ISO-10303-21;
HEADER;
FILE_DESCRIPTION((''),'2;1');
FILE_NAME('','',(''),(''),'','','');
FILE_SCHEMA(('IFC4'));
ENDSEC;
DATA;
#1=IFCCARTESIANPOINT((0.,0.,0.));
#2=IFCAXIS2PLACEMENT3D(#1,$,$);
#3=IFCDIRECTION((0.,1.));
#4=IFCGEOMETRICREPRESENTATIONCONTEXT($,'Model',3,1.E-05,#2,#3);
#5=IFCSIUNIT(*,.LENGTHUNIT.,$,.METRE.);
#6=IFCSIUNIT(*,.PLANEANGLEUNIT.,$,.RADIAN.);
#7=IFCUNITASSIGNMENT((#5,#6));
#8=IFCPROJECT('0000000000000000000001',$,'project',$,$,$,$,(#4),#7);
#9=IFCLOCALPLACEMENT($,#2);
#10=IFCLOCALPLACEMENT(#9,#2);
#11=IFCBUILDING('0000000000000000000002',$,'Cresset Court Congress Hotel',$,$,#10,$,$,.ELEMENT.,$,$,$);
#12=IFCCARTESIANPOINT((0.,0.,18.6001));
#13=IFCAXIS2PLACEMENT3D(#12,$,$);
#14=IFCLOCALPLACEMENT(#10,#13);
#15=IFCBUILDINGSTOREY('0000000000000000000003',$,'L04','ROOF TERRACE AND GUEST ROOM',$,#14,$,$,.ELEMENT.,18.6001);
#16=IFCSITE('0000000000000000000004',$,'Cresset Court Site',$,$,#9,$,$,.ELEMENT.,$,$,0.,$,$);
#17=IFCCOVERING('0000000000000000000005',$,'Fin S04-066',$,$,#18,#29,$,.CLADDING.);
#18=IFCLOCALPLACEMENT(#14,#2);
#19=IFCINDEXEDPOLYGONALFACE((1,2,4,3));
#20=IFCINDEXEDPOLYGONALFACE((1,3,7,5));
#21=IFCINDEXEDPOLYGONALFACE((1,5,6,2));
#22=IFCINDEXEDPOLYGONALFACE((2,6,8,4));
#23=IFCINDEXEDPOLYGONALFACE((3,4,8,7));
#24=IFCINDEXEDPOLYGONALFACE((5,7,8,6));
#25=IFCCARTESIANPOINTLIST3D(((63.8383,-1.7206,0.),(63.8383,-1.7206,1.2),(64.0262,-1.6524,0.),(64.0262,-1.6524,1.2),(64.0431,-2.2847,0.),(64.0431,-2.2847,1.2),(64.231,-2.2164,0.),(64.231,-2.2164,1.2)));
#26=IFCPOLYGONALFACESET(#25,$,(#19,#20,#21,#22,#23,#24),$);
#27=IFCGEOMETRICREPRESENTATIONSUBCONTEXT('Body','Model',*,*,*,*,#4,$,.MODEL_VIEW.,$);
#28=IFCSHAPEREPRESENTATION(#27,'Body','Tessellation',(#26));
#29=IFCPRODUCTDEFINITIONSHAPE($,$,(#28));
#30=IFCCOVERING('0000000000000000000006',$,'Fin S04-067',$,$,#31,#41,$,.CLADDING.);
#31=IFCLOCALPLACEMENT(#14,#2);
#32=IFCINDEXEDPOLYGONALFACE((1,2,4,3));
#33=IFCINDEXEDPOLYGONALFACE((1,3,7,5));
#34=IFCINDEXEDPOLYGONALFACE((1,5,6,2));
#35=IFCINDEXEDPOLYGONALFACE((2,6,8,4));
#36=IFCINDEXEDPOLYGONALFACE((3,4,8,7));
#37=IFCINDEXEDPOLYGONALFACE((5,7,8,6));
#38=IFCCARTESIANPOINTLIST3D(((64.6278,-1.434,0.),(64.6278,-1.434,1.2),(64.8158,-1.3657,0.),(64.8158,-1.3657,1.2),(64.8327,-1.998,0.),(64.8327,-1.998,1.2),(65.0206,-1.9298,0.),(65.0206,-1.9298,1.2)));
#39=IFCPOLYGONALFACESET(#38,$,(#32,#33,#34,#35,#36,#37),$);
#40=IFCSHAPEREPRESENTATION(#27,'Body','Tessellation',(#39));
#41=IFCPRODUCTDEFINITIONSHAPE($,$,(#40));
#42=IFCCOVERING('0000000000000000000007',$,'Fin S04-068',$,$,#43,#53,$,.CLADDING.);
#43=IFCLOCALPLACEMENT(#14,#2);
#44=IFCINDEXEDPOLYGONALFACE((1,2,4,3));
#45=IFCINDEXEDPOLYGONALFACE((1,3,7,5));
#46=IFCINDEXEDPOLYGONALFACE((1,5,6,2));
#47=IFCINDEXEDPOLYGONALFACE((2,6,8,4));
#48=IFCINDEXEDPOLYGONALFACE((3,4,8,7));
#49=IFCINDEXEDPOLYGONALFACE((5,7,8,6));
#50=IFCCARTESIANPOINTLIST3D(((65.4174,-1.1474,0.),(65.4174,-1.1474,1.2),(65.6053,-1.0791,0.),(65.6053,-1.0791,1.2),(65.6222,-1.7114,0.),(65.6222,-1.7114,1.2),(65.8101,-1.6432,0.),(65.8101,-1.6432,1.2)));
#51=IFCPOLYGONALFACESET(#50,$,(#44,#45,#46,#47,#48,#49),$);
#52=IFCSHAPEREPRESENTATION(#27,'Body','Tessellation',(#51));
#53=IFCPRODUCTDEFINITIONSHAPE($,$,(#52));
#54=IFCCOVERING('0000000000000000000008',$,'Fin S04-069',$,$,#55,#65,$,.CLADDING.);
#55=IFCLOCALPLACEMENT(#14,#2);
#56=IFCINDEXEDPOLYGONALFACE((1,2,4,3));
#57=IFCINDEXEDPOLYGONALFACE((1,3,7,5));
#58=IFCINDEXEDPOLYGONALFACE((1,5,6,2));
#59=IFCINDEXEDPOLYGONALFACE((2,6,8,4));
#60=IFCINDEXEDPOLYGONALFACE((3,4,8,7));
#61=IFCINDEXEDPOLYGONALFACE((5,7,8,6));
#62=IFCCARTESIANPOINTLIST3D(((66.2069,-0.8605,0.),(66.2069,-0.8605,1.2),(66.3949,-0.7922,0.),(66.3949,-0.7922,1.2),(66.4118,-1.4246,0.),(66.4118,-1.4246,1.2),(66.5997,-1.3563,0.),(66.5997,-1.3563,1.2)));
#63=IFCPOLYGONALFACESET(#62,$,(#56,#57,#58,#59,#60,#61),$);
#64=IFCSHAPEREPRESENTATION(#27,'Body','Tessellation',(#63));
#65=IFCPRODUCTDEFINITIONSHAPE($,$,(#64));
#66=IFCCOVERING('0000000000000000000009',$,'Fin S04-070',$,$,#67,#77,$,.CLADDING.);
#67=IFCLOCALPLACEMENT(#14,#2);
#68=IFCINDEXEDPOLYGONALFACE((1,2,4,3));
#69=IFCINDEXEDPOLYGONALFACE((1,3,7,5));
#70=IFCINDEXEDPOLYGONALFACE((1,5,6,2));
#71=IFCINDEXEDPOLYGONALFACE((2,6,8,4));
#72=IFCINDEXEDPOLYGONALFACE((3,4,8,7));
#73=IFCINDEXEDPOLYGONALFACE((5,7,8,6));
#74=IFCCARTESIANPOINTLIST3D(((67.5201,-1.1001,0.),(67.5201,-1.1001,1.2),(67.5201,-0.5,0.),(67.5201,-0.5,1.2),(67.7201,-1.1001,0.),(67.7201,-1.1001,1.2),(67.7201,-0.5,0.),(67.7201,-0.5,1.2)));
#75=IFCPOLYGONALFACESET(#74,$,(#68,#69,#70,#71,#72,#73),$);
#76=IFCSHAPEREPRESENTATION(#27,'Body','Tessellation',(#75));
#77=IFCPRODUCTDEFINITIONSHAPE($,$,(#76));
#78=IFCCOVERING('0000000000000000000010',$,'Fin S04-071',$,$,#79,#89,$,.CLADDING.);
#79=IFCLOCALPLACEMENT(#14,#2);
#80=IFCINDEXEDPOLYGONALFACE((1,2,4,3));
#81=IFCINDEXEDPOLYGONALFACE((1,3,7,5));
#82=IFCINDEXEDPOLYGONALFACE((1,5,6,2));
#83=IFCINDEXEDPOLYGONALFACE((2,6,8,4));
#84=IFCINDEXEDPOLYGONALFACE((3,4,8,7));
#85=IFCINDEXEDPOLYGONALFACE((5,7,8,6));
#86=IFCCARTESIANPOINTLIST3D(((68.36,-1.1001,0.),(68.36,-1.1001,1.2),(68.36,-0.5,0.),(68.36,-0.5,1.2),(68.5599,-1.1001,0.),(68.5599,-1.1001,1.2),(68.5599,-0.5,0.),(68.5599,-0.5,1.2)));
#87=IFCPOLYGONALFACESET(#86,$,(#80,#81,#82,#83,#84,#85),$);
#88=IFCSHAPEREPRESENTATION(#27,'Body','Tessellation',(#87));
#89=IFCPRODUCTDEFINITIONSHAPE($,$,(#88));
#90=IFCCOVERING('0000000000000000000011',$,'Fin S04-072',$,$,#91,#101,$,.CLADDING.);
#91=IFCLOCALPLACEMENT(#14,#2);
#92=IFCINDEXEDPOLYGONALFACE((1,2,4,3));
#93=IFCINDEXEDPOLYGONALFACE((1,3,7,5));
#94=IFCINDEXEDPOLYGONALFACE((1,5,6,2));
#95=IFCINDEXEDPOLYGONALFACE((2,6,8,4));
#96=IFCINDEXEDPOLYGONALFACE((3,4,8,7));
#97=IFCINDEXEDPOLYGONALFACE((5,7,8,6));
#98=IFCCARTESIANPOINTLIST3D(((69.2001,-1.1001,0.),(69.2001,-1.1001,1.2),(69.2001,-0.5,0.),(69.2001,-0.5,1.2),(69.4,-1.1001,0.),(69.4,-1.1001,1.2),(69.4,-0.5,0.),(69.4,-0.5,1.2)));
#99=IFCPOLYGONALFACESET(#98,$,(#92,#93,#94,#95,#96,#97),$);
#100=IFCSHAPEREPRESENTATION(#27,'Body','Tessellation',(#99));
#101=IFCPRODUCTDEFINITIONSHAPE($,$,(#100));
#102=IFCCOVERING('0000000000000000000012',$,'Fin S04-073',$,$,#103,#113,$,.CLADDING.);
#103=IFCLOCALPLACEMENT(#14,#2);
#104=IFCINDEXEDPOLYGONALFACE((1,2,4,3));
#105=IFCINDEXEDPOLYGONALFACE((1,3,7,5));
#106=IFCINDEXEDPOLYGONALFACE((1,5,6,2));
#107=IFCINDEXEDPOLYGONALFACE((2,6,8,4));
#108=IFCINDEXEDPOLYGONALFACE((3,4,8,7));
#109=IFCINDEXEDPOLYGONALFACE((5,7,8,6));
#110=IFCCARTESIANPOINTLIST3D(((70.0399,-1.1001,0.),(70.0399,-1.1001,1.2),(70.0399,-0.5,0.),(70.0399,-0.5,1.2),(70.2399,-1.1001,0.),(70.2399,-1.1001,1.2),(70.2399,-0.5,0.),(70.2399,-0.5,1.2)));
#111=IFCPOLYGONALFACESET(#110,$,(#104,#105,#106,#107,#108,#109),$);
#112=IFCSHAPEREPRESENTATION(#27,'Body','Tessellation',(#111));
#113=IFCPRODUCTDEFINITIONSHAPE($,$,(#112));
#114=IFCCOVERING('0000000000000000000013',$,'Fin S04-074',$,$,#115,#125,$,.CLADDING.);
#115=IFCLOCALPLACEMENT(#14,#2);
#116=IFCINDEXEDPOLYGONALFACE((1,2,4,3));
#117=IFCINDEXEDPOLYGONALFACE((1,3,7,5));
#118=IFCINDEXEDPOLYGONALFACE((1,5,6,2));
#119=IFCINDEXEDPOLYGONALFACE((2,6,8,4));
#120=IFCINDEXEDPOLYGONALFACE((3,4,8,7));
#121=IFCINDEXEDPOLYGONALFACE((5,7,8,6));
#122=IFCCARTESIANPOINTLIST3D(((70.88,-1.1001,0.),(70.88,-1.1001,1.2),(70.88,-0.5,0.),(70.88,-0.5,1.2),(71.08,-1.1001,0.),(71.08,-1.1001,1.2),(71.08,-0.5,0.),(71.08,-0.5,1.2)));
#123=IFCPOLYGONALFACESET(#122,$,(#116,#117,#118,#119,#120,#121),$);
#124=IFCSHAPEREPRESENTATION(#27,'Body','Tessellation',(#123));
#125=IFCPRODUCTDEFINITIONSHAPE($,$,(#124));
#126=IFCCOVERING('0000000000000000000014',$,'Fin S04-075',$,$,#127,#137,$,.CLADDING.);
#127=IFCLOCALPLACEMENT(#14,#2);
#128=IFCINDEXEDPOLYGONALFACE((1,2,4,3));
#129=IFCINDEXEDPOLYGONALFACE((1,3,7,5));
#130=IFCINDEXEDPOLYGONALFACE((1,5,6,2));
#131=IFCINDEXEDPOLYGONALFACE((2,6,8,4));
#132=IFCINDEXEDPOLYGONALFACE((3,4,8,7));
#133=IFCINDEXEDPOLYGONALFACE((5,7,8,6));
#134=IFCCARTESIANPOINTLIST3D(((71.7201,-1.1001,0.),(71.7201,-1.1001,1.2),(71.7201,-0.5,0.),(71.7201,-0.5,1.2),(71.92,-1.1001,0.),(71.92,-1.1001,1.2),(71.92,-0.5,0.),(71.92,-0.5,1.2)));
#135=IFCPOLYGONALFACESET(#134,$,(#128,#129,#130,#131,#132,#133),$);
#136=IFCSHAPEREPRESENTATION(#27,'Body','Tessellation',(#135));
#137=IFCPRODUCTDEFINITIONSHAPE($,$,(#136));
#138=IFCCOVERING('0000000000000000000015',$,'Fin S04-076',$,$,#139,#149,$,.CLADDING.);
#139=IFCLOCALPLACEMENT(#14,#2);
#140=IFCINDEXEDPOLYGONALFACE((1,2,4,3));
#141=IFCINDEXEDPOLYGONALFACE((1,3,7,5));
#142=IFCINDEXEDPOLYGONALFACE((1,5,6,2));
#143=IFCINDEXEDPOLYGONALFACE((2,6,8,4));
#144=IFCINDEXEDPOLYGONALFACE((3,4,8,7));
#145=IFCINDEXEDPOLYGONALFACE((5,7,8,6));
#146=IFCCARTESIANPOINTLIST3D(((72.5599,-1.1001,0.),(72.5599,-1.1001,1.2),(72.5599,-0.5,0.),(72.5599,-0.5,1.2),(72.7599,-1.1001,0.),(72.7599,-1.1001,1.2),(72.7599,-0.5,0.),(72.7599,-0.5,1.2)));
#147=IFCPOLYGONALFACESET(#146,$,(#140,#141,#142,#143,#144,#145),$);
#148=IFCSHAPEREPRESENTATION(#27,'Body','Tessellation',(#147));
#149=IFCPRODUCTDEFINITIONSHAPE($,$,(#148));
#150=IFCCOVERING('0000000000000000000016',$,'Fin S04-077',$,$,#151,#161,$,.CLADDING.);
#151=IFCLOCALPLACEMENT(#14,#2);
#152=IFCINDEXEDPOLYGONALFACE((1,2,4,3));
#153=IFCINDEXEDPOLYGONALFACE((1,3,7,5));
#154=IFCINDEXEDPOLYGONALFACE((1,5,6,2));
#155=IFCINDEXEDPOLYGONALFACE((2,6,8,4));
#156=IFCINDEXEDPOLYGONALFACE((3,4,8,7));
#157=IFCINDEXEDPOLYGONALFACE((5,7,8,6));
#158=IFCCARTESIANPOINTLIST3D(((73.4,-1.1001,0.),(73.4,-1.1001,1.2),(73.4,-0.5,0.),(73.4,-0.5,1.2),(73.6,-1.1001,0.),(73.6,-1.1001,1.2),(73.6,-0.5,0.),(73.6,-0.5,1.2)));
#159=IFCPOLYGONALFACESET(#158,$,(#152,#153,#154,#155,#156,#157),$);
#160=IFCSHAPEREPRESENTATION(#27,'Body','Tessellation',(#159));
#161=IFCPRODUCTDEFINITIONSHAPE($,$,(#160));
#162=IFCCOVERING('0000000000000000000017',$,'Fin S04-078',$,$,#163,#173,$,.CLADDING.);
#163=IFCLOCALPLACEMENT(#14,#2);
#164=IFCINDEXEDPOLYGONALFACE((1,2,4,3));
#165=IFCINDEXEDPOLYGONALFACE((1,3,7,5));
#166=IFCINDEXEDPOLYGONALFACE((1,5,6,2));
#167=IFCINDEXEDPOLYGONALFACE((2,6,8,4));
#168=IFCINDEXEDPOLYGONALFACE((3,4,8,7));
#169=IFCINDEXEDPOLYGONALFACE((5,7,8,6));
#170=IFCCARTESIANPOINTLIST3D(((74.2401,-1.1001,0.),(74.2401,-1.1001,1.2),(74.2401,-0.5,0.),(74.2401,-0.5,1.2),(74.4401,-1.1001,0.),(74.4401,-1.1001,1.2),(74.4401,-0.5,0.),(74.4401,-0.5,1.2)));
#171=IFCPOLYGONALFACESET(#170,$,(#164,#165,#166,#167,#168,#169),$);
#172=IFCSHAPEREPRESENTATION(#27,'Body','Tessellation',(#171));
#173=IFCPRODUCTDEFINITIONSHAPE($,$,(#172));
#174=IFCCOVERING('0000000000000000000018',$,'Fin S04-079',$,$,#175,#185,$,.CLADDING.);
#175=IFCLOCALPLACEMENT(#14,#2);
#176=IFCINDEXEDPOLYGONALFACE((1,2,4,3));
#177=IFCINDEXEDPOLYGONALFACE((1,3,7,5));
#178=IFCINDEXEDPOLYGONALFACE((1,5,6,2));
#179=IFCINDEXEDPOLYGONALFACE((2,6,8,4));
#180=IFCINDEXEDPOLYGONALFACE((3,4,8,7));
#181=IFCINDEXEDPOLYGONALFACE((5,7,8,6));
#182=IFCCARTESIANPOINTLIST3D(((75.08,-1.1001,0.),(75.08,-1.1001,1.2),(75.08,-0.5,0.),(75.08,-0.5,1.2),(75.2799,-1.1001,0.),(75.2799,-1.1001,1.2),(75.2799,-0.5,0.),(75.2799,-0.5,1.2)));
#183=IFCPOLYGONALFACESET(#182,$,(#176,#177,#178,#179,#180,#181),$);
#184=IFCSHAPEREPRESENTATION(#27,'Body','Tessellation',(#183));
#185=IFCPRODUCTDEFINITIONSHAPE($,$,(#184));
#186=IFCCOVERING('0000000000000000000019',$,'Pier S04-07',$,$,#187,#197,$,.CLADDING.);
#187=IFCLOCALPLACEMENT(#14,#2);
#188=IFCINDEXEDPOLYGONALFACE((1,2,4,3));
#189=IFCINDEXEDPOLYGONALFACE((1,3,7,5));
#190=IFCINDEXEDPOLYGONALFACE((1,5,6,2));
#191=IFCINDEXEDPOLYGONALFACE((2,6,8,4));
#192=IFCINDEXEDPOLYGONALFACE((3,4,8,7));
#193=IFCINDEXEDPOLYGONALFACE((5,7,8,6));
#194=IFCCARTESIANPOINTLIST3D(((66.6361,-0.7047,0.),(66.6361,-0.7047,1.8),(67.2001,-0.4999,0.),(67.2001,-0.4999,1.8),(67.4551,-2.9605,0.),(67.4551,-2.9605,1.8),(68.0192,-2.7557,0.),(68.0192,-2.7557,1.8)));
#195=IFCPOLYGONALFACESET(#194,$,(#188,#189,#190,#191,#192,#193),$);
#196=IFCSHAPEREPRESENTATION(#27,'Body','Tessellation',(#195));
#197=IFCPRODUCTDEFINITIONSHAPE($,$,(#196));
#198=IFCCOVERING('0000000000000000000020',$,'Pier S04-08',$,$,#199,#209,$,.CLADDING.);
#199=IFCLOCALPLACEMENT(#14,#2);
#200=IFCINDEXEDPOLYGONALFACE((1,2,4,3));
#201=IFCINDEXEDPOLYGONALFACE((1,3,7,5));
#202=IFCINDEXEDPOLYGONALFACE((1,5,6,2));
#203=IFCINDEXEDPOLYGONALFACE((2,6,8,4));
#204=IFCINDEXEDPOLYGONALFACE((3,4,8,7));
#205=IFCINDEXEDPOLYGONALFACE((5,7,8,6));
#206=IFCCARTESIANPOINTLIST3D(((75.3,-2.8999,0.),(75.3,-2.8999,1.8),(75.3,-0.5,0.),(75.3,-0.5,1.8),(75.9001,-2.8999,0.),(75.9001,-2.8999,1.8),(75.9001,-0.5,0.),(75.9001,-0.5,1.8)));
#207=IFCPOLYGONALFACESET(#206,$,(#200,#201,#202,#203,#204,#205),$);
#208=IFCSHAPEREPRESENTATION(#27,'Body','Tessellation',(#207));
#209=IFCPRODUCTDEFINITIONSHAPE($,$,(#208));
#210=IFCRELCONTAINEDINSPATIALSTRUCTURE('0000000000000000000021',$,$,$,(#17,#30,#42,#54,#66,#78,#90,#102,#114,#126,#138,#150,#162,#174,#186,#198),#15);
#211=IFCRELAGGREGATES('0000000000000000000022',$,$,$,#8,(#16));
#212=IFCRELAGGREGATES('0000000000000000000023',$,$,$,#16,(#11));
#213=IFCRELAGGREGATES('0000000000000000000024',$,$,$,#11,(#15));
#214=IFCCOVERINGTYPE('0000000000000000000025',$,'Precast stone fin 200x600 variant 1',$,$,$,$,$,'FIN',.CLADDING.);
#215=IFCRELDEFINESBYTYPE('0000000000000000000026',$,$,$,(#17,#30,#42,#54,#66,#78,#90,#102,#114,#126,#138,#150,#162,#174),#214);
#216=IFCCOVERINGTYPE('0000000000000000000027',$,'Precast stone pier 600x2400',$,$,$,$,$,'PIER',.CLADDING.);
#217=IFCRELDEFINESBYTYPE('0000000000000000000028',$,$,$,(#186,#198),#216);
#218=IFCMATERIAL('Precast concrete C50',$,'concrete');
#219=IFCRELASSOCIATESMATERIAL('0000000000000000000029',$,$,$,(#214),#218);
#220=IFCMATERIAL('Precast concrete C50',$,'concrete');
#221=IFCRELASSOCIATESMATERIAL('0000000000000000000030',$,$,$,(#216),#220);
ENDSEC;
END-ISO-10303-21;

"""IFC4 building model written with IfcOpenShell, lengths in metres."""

from ifc_helpers import new_model, si_unit, direction, frame, origin, origin_2d, place, context, subcontext, project, spatial, rectangle, extrude, material, type_object, element, save


model = new_model("IFC4")

# Units and contexts
model_context = context("Model", 3, precision=1e-05, world=origin(), true_north=direction((0.0, 1.0)))
body_context = subcontext(model_context, "Body", "Model", "MODEL_VIEW")
ifc_project = project(units=[si_unit("LENGTHUNIT", "METRE"), si_unit("PLANEANGLEUNIT", "RADIAN")], contexts=[model_context])

# Site, building, storey
site_placement = place(None, origin())
site = spatial("IfcSite", under=ifc_project, at=site_placement, Name="Cresset Court Site", CompositionType="ELEMENT", RefElevation=0.0)
building_placement = place(site_placement, origin())
building = spatial("IfcBuilding", under=site, at=building_placement, Name="Cresset Court Congress Hotel", CompositionType="ELEMENT")
storey_placement = place(building_placement, frame((0.0, 0.0, 18.6001)))
storey = spatial("IfcBuildingStorey", under=building, at=storey_placement, Name="L04", Description="ROOF TERRACE AND GUEST ROOM", CompositionType="ELEMENT", Elevation=18.6001)

# Coverings
ifc_material_1 = material(Name="Precast concrete C50", Category="concrete")
covering_type_1 = type_object("IfcCoveringType", Name="Precast stone fin 200x600 variant 1", ElementType="FIN", PredefinedType="CLADDING", material=ifc_material_1)
for number, where, z_axis, x_axis, name in (
    (1, (64.0347, -1.9685, 0.0), (0.0, 0.0, 1.0), (0.939957, 0.341293, 0.0), "Fin S04-066"),
    (2, (64.8242, -1.6819, 0.0), (0.0, 0.0, 1.0), (0.939957, 0.341293, 0.0), "Fin S04-067"),
    (3, (65.6138, -1.3953, 0.0), (0.0, 0.0, 1.0), (0.939957, 0.341293, 0.0), "Fin S04-068"),
    (4, (66.4033, -1.1084, 0.0), (0.0, 0.0, 1.0), (0.939957, 0.341293, 0.0), "Fin S04-069"),
    (5, (67.6201, -0.8, 0.0), (0.0, 0.0, 1.0), (1.0, 0.0, 0.0), "Fin S04-070"),
    (6, (68.46, -0.8, 0.0), (0.0, 0.0, 1.0), (1.0, 0.0, 0.0), "Fin S04-071"),
    (7, (69.3, -0.8, 0.0), (0.0, 0.0, 1.0), (1.0, 0.0, 0.0), "Fin S04-072"),
    (8, (70.1399, -0.8, 0.0), (0.0, 0.0, 1.0), (1.0, 0.0, 0.0), "Fin S04-073"),
    (9, (70.98, -0.8, 0.0), (0.0, 0.0, 1.0), (1.0, 0.0, 0.0), "Fin S04-074"),
    (10, (71.8201, -0.8, 0.0), (0.0, 0.0, 1.0), (1.0, 0.0, 0.0), "Fin S04-075"),
    (11, (72.6599, -0.8, 0.0), (0.0, 0.0, 1.0), (1.0, 0.0, 0.0), "Fin S04-076"),
    (12, (73.5, -0.8, 0.0), (0.0, 0.0, 1.0), (1.0, 0.0, 0.0), "Fin S04-077"),
    (13, (74.3401, -0.8, 0.0), (0.0, 0.0, 1.0), (1.0, 0.0, 0.0), "Fin S04-078"),
    (14, (75.1799, -0.8, 0.0), (0.0, 0.0, 1.0), (1.0, 0.0, 0.0), "Fin S04-079"),
):
    element("IfcCovering", number, at=place(storey_placement, frame(where, z_axis=z_axis, x_axis=x_axis)), inside=storey, type_object=covering_type_1, Name=name, PredefinedType="CLADDING", context=body_context, shape_type="SweptSolid", body=[
        extrude(rectangle(XDim=0.2, YDim=0.6001, at=origin_2d()), origin(), (0.0, 0.0, 1.0), 1.2),
    ])
ifc_material_2 = material(Name="Precast concrete C50", Category="concrete")
covering_type_2 = type_object("IfcCoveringType", Name="Precast stone pier 600x2400", ElementType="PIER", PredefinedType="CLADDING", material=ifc_material_2)
for number, where, z_axis, x_axis, name in (
    (15, (67.3276, -1.7302, 0.0), (0.0, 0.0, 1.0), (0.939957, 0.341293, 0.0), "Pier S04-07"),
    (16, (75.6001, -1.7, 0.0), (0.0, 0.0, 1.0), (1.0, 0.0, 0.0), "Pier S04-08"),
):
    element("IfcCovering", number, at=place(storey_placement, frame(where, z_axis=z_axis, x_axis=x_axis)), inside=storey, type_object=covering_type_2, Name=name, PredefinedType="CLADDING", context=body_context, shape_type="SweptSolid", body=[
        extrude(rectangle(XDim=0.6001, YDim=2.3999, at=origin_2d()), origin(), (0.0, 0.0, 1.0), 1.8),
    ])

save(model, "model.ifc")
